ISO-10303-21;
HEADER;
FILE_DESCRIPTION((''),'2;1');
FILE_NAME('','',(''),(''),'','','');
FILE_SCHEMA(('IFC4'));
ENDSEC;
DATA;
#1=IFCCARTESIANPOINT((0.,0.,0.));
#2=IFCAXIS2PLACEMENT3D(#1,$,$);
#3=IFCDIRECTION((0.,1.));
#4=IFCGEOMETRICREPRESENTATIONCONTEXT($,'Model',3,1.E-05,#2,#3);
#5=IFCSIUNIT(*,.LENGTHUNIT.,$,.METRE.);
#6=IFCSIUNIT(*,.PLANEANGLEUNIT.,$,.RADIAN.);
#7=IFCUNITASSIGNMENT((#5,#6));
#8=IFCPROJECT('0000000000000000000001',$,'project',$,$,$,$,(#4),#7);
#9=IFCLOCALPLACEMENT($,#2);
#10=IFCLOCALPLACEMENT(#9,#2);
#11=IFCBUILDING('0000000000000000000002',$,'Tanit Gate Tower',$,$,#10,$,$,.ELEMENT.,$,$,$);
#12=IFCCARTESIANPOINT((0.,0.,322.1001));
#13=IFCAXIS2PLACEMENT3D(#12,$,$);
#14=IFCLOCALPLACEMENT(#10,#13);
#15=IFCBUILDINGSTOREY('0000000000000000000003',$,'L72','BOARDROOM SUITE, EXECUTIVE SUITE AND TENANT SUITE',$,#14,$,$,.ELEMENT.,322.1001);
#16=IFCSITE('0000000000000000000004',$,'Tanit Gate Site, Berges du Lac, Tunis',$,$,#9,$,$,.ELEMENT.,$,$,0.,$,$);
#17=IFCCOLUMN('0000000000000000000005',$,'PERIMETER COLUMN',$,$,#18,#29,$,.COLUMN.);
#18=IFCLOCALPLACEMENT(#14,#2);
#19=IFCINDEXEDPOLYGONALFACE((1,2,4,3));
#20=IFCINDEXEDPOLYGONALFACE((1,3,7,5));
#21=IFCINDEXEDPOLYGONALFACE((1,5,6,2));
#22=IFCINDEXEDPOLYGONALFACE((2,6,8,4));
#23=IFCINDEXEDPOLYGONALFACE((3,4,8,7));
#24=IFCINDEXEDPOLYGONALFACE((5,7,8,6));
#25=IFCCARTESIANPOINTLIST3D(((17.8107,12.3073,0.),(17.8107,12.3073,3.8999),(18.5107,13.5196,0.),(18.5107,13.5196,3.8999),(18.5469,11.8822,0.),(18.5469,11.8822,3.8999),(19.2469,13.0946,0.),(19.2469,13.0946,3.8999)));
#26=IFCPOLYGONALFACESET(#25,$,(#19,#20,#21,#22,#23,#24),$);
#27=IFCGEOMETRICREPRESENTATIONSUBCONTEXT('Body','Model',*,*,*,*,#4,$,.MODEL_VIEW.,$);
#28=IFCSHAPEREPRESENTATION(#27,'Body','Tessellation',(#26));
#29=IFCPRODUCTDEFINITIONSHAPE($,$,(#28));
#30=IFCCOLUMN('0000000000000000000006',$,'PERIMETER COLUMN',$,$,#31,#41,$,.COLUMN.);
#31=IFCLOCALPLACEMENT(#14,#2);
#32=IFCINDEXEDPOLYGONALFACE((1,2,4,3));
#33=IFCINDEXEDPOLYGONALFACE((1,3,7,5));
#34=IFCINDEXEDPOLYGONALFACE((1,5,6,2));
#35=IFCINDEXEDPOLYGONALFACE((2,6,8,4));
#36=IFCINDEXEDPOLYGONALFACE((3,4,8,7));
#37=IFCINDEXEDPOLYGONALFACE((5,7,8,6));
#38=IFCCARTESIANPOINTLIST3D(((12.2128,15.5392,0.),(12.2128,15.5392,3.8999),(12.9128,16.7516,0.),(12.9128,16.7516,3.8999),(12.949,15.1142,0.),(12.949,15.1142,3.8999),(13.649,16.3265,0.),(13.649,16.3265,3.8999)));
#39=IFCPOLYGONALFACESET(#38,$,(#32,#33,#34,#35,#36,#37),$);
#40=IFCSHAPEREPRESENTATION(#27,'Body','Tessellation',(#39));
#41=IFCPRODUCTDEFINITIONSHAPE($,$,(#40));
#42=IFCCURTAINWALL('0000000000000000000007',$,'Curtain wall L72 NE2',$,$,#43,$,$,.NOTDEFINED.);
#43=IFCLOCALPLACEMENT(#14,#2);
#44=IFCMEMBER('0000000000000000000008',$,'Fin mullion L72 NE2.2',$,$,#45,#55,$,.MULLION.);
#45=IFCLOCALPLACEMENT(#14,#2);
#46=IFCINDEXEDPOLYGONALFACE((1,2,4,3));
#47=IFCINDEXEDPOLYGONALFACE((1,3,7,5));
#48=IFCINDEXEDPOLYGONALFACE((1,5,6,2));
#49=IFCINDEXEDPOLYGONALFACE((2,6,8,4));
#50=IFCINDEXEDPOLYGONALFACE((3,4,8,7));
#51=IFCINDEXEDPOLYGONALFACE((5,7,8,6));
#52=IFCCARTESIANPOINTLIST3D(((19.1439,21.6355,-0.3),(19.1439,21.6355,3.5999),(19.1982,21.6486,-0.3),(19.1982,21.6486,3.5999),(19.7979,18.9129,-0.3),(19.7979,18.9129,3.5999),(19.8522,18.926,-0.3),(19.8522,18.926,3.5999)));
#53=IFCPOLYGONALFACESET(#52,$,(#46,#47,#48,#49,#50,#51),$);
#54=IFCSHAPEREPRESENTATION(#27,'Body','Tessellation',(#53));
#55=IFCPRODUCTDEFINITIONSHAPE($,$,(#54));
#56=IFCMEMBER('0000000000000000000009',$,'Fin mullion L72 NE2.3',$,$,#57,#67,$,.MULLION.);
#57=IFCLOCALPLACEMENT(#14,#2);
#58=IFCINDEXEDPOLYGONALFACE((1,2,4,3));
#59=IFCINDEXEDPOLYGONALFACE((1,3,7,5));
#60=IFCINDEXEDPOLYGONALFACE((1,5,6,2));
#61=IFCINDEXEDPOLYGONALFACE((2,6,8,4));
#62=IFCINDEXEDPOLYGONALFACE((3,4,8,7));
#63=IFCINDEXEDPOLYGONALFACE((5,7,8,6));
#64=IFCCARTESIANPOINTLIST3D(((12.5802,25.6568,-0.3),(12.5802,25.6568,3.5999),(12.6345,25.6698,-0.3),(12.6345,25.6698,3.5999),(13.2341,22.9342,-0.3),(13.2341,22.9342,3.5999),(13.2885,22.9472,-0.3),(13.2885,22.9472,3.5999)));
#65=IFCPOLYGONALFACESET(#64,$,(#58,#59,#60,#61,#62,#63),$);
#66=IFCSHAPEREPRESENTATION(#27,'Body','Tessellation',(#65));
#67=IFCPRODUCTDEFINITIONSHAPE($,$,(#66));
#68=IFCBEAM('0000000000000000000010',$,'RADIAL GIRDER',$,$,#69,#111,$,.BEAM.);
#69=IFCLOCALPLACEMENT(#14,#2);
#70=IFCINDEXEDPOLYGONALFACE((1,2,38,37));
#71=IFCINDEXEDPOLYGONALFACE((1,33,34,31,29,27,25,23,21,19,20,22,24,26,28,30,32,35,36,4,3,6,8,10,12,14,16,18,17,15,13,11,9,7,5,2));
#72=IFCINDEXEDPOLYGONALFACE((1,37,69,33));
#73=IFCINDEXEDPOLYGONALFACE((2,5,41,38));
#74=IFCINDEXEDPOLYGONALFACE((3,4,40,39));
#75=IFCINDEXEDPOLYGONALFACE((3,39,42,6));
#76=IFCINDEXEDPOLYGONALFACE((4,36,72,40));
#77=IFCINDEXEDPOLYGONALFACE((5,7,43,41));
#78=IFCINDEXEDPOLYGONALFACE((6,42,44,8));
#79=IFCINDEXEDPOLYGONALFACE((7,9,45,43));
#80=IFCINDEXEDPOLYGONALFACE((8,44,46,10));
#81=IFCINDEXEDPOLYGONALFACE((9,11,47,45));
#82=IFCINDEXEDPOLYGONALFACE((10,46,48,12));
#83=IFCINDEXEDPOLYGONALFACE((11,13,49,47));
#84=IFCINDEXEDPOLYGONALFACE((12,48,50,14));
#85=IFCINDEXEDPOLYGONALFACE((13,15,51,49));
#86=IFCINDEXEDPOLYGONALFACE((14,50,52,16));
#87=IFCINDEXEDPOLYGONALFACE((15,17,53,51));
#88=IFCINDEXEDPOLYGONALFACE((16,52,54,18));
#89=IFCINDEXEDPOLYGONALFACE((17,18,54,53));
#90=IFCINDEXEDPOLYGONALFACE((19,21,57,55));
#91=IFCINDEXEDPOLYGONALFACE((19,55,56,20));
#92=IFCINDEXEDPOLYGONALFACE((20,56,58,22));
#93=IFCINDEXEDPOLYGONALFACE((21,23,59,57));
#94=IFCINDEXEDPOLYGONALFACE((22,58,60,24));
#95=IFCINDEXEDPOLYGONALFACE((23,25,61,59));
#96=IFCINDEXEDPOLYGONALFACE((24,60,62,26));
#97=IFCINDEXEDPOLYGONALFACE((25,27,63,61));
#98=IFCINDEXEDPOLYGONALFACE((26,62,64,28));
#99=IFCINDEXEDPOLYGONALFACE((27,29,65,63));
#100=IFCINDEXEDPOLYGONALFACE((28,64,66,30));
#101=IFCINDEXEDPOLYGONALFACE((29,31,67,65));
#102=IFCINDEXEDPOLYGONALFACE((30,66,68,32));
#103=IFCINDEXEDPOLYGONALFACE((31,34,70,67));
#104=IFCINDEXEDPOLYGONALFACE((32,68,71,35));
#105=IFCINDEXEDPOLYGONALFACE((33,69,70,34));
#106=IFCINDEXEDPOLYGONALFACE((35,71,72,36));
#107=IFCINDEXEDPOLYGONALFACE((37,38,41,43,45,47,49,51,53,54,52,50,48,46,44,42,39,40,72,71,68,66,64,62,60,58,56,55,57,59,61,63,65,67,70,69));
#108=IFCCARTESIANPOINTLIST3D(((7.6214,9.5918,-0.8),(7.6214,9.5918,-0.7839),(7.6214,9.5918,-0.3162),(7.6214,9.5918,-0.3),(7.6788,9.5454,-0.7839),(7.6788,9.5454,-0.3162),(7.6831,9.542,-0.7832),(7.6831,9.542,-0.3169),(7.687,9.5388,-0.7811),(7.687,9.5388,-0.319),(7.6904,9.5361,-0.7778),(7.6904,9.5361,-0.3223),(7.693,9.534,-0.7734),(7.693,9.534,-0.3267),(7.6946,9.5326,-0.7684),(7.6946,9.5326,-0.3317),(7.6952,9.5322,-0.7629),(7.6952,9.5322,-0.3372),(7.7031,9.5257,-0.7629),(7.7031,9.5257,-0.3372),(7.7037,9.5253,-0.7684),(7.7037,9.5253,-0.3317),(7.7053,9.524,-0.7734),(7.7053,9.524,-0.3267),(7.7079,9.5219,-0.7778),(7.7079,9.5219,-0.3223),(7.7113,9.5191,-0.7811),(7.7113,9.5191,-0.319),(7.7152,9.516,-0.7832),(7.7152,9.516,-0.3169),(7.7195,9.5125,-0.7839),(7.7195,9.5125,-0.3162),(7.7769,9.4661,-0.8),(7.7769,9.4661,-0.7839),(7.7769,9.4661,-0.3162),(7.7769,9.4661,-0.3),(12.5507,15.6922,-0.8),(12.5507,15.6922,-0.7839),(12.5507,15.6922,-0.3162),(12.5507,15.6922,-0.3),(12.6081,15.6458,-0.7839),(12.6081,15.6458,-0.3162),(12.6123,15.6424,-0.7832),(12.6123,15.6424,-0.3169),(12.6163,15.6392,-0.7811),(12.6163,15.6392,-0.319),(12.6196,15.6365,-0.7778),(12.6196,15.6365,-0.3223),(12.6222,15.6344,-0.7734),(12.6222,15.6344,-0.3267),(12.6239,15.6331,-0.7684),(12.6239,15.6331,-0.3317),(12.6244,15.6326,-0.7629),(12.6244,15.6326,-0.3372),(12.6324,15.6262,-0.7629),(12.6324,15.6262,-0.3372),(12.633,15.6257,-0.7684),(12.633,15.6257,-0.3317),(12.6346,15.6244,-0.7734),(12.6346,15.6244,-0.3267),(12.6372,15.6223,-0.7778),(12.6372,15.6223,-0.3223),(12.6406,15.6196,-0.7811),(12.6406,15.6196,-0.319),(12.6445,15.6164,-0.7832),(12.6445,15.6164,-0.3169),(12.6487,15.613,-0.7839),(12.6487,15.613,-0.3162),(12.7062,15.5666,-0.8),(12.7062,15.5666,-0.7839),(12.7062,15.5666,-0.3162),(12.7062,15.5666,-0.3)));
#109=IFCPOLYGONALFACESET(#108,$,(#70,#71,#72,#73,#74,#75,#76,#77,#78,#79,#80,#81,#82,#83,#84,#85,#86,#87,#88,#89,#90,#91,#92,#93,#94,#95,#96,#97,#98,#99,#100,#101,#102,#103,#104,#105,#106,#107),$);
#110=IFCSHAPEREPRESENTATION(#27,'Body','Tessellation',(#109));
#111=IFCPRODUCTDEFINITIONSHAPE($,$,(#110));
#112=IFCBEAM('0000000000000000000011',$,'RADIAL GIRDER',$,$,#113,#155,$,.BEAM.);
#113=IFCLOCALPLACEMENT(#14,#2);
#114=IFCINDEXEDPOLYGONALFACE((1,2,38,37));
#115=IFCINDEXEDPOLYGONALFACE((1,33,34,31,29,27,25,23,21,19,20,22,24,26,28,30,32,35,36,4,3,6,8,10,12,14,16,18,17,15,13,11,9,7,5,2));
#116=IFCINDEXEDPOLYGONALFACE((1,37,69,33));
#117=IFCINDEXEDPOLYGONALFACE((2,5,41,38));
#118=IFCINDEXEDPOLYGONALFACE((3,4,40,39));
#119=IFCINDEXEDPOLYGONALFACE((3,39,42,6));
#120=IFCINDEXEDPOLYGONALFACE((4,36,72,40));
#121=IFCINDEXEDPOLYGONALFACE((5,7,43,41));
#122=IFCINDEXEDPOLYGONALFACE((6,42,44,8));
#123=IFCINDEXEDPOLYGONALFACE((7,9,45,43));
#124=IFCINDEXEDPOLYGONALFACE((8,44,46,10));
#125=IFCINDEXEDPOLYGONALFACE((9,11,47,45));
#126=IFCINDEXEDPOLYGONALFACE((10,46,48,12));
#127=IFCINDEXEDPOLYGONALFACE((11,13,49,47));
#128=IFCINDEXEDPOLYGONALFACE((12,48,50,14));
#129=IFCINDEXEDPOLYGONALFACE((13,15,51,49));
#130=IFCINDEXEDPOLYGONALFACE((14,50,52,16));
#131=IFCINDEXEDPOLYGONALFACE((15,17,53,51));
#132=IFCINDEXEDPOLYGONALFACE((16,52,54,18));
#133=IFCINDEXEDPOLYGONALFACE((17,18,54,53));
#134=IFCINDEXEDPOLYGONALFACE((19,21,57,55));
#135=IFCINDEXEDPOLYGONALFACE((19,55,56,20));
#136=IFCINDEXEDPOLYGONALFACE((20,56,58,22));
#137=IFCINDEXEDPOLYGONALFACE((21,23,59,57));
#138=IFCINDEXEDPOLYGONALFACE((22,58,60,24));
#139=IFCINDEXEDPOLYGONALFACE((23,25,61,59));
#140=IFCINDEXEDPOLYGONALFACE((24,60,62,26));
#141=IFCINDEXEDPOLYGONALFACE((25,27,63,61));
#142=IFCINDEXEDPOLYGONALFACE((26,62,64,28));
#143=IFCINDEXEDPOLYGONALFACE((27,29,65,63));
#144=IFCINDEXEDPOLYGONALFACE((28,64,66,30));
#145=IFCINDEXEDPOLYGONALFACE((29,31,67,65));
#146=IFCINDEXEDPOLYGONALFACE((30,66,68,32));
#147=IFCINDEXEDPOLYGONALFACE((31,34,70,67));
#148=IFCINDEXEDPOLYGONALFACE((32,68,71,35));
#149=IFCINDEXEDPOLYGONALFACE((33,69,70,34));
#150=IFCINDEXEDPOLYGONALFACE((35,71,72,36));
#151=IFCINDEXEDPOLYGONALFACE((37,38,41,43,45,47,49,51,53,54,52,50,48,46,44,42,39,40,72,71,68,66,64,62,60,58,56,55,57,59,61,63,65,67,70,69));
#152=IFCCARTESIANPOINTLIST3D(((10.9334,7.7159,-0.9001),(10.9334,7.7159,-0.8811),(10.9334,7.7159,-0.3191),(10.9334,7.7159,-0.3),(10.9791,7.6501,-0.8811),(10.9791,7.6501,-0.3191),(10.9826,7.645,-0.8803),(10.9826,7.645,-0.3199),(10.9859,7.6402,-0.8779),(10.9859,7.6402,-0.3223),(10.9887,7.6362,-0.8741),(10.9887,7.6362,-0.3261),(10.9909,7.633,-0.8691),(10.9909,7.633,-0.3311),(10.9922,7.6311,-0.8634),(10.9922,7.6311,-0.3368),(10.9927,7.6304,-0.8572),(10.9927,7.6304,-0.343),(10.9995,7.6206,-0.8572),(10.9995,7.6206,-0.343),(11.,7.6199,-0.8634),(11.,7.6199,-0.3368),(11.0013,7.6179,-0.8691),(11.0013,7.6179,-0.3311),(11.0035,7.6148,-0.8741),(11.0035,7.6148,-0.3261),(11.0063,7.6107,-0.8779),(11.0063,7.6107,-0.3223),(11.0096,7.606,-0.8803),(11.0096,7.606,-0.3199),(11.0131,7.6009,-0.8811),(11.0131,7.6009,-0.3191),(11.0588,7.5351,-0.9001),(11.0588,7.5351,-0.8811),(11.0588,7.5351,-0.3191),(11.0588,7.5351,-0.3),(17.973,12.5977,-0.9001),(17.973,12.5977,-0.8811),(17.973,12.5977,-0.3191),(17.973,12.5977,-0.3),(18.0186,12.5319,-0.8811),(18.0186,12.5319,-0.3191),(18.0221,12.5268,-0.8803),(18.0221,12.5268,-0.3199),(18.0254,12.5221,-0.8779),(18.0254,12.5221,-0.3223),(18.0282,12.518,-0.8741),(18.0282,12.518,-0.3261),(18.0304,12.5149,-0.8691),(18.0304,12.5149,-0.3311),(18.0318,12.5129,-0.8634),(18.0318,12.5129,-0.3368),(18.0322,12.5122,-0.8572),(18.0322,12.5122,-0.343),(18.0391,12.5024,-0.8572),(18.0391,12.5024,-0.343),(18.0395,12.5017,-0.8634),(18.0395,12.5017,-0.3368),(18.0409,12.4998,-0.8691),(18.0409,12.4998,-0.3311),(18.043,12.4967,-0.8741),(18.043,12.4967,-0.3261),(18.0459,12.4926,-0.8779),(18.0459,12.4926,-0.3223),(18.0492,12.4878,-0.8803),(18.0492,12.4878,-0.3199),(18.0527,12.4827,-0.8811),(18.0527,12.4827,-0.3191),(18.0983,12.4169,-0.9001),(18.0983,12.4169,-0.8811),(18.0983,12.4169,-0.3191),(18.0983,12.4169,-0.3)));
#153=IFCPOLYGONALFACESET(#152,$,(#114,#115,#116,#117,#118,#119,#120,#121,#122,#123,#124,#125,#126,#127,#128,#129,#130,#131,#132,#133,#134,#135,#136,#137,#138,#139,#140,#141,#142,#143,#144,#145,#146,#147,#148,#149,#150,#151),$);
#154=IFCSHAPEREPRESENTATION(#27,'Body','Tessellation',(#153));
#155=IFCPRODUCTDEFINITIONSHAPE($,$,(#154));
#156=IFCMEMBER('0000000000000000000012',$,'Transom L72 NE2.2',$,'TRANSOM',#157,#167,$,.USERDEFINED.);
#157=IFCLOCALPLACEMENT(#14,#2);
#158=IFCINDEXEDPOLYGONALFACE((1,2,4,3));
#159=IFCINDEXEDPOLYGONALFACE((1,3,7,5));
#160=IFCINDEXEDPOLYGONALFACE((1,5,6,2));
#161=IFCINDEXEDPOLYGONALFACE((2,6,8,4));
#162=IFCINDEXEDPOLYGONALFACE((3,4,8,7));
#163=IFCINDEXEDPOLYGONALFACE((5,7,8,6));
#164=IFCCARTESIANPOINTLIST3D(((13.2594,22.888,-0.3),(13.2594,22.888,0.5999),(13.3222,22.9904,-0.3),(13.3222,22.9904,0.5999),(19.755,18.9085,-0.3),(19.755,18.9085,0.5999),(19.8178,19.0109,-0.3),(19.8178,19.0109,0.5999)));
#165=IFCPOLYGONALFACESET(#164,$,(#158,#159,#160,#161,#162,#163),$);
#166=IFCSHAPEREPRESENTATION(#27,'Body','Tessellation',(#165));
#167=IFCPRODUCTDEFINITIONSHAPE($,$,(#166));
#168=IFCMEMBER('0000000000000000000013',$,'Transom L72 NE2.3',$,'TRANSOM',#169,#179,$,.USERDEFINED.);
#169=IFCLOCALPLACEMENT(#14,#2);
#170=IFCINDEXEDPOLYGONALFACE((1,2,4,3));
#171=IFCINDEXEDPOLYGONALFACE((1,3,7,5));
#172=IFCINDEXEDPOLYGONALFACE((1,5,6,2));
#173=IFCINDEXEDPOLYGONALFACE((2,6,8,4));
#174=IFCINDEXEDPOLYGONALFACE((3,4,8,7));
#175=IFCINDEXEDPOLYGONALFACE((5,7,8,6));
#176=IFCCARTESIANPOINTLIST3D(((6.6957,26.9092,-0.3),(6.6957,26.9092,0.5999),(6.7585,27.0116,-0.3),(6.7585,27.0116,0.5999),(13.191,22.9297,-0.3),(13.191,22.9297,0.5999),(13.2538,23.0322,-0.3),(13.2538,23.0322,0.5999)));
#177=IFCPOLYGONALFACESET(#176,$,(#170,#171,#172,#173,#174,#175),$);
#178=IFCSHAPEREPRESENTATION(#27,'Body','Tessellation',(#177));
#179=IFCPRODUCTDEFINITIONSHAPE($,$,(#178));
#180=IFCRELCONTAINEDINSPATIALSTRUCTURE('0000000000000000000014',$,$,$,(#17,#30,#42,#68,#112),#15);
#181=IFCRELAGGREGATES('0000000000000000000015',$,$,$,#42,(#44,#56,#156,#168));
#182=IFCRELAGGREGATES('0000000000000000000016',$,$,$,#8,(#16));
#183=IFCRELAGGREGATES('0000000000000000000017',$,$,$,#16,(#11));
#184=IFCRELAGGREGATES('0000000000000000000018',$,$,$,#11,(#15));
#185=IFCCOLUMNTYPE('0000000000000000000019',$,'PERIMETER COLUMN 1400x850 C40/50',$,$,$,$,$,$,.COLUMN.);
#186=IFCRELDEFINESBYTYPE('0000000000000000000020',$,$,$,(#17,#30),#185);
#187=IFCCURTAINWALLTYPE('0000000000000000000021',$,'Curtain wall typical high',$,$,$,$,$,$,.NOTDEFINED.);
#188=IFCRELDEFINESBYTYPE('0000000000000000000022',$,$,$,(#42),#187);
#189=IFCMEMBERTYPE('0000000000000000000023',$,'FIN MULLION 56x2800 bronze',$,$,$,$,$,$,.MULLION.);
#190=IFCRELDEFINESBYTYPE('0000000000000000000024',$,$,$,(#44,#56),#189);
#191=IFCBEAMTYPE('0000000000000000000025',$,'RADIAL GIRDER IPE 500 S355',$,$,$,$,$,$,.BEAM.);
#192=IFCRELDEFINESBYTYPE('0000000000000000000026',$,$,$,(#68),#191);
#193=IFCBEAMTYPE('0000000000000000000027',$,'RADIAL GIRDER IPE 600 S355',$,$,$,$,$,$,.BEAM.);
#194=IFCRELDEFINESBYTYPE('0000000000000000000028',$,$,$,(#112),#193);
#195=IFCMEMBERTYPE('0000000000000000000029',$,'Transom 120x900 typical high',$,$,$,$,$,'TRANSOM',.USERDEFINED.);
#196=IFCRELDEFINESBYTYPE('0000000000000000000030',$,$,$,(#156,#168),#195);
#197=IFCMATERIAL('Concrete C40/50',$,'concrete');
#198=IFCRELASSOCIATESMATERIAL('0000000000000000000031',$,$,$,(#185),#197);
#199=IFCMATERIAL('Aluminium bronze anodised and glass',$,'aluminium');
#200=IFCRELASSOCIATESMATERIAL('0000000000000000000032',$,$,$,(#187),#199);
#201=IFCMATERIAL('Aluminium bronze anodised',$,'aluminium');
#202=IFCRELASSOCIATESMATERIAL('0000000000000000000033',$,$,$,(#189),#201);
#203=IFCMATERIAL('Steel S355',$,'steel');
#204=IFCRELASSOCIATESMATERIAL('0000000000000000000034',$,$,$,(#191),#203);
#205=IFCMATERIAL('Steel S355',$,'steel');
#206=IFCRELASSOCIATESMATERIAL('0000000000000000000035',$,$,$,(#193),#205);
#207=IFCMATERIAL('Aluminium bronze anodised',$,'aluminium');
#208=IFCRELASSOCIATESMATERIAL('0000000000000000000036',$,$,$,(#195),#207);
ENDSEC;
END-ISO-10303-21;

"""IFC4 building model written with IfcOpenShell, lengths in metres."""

from ifc_helpers import new_model, si_unit, direction, frame, origin, origin_2d, place, context, subcontext, project, spatial, rectangle, i_section, extrude, material, material_profile, profile_set, type_object, element, aggregate, save


model = new_model("IFC4")

# Units and contexts
model_context = context("Model", 3, precision=1e-05, world=origin(), true_north=direction((0.0, 1.0)))
body_context = subcontext(model_context, "Body", "Model", "MODEL_VIEW")
ifc_project = project(units=[si_unit("LENGTHUNIT", "METRE"), si_unit("PLANEANGLEUNIT", "RADIAN")], contexts=[model_context])

# Site, building, storey
site_placement = place(None, origin())
site = spatial("IfcSite", under=ifc_project, at=site_placement, Name="Tanit Gate Site, Berges du Lac, Tunis", CompositionType="ELEMENT", RefElevation=0.0)
building_placement = place(site_placement, origin())
building = spatial("IfcBuilding", under=site, at=building_placement, Name="Tanit Gate Tower", CompositionType="ELEMENT")
storey_placement = place(building_placement, frame((0.0, 0.0, 322.1001)))
storey = spatial("IfcBuildingStorey", under=building, at=storey_placement, Name="L72", Description="BOARDROOM SUITE, EXECUTIVE SUITE AND TENANT SUITE", CompositionType="ELEMENT", Elevation=322.1001)

# Columns
ifc_material_1 = material(Name="Concrete C40/50", Category="concrete")
ifc_material_profile_1 = material_profile(ifc_material_1, rectangle(XDim=1.3999, YDim=0.8501, at=origin_2d()), Name="RC 1400x850")
ifc_profile_set_1 = profile_set([ifc_material_profile_1], Name="Concrete C40/50")
column_type = type_object("IfcColumnType", Name="PERIMETER COLUMN 1400x850 C40/50", PredefinedType="COLUMN", material=ifc_profile_set_1)
for number, where, z_axis, x_axis, name in (
    (1, (18.5288, 12.7009, 0.0), (0.0, 0.0, 1.0), (0.5, 0.866025, 0.0), "PERIMETER COLUMN"),
    (2, (12.9309, 15.9329, 0.0), (0.0, 0.0, 1.0), (0.5, 0.866025, 0.0), "PERIMETER COLUMN"),
):
    element("IfcColumn", number, at=place(storey_placement, frame(where, z_axis=z_axis, x_axis=x_axis)), inside=storey, type_object=column_type, Name=name, PredefinedType="COLUMN", context=body_context, shape_type="SweptSolid", body=[
        extrude(rectangle(XDim=1.3999, YDim=0.8501, at=origin_2d()), origin(), (0.0, 0.0, 1.0), 3.8999),
    ])

# Curtain wall, members
ifc_material_2 = material(Name="Aluminium bronze anodised and glass", Category="aluminium")
curtain_wall_type = type_object("IfcCurtainWallType", Name="Curtain wall typical high", PredefinedType="NOTDEFINED", material=ifc_material_2)
curtain_wall_placement = place(storey_placement, origin())
curtain_wall = element("IfcCurtainWall", 3, at=curtain_wall_placement, inside=storey, type_object=curtain_wall_type, Name="Curtain wall L72 NE2", PredefinedType="NOTDEFINED")
ifc_material_3 = material(Name="Aluminium bronze anodised", Category="aluminium")
ifc_material_profile_2 = material_profile(ifc_material_3, rectangle(XDim=2.8, YDim=0.0559, at=origin_2d()), Name="56x2800 bronze fin mullion")
ifc_profile_set_2 = profile_set([ifc_material_profile_2], Name="Aluminium bronze anodised")
member_type_1 = type_object("IfcMemberType", Name="FIN MULLION 56x2800 bronze", PredefinedType="MULLION", material=ifc_profile_set_2)
member_1_placement = place(storey_placement, frame((19.498, 20.2808, -0.3), z_axis=(0.0, 0.0, 1.0), x_axis=(0.233557, -0.972343, 0.0)))
member_1 = element("IfcMember", 4, at=member_1_placement, type_object=member_type_1, Name="Fin mullion L72 NE2.2", PredefinedType="MULLION", context=body_context, shape_type="SweptSolid", body=[
    extrude(rectangle(XDim=2.8, YDim=0.0559, at=origin_2d()), origin(), (0.0, 0.0, 1.0), 3.8999),
])
member_2_placement = place(storey_placement, frame((12.9343, 24.302, -0.3), z_axis=(0.0, 0.0, 1.0), x_axis=(0.233557, -0.972343, 0.0)))
member_2 = element("IfcMember", 5, at=member_2_placement, type_object=member_type_1, Name="Fin mullion L72 NE2.3", PredefinedType="MULLION", context=body_context, shape_type="SweptSolid", body=[
    extrude(rectangle(XDim=2.8, YDim=0.0559, at=origin_2d()), origin(), (0.0, 0.0, 1.0), 3.8999),
])

# Beams
ifc_material_4 = material(Name="Steel S355", Category="steel")
ifc_material_profile_3 = material_profile(ifc_material_4, i_section(OverallWidth=0.2, OverallDepth=0.5, WebThickness=0.0103, FlangeThickness=0.0161, FilletRadius=0.021, at=origin_2d()), Name="IPE 500")
ifc_profile_set_3 = profile_set([ifc_material_profile_3], Name="Steel S355")
beam_type_1 = type_object("IfcBeamType", Name="RADIAL GIRDER IPE 500 S355", PredefinedType="BEAM", material=ifc_profile_set_3)
beam_1_placement = place(storey_placement, frame((12.6284, 15.6294, -0.55), z_axis=(-0.628491, -0.777817, 0.0), x_axis=(0.777817, -0.628491, 0.0)))
element("IfcBeam", 6, at=beam_1_placement, inside=storey, type_object=beam_type_1, Name="RADIAL GIRDER", PredefinedType="BEAM", context=body_context, shape_type="SweptSolid", body=[
    extrude(i_section(OverallWidth=0.2, OverallDepth=0.5, WebThickness=0.0103, FlangeThickness=0.0161, FilletRadius=0.021, at=origin_2d()), origin(), (0.0, 0.0, 1.0), 7.843),
])
ifc_material_5 = material(Name="Steel S355", Category="steel")
ifc_material_profile_4 = material_profile(ifc_material_5, i_section(OverallWidth=0.22, OverallDepth=0.6001, WebThickness=0.012, FlangeThickness=0.019, FilletRadius=0.0239, at=origin_2d()), Name="IPE 600")
ifc_profile_set_4 = profile_set([ifc_material_profile_4], Name="Steel S355")
beam_type_2 = type_object("IfcBeamType", Name="RADIAL GIRDER IPE 600 S355", PredefinedType="BEAM", material=ifc_profile_set_4)
beam_2_placement = place(storey_placement, frame((18.0356, 12.5073, -0.6001), z_axis=(-0.821738, -0.569865, 0.0), x_axis=(0.569865, -0.821738, 0.0)))
element("IfcBeam", 7, at=beam_2_placement, inside=storey, type_object=beam_type_2, Name="RADIAL GIRDER", PredefinedType="BEAM", context=body_context, shape_type="SweptSolid", body=[
    extrude(i_section(OverallWidth=0.22, OverallDepth=0.6001, WebThickness=0.012, FlangeThickness=0.019, FilletRadius=0.0239, at=origin_2d()), origin(), (0.0, 0.0, 1.0), 8.5667),
])

# Members
ifc_material_6 = material(Name="Aluminium bronze anodised", Category="aluminium")
ifc_material_profile_5 = material_profile(ifc_material_6, rectangle(XDim=0.1201, YDim=0.8999, at=origin_2d()), Name="120x900 bronze transom")
ifc_profile_set_5 = profile_set([ifc_material_profile_5], Name="Aluminium bronze anodised")
member_type_2 = type_object("IfcMemberType", Name="Transom 120x900 typical high", ElementType="TRANSOM", PredefinedType="USERDEFINED", material=ifc_profile_set_5)
member_3_placement = place(storey_placement, frame((19.7864, 18.9597, 0.1499), z_axis=(-0.8527, 0.522401, 0.0), x_axis=(-0.522401, -0.8527, 0.0)))
member_3 = element("IfcMember", 8, at=member_3_placement, type_object=member_type_2, Name="Transom L72 NE2.2", ObjectType="TRANSOM", PredefinedType="USERDEFINED", context=body_context, shape_type="SweptSolid", body=[
    extrude(rectangle(XDim=0.1201, YDim=0.8999, at=origin_2d()), origin(), (0.0, 0.0, 1.0), 7.6177),
])
member_4_placement = place(storey_placement, frame((13.2224, 22.981, 0.1499), z_axis=(-0.852691, 0.522415, 0.0), x_axis=(-0.522415, -0.852691, 0.0)))
member_4 = element("IfcMember", 9, at=member_4_placement, type_object=member_type_2, Name="Transom L72 NE2.3", ObjectType="TRANSOM", PredefinedType="USERDEFINED", context=body_context, shape_type="SweptSolid", body=[
    extrude(rectangle(XDim=0.1201, YDim=0.8999, at=origin_2d()), origin(), (0.0, 0.0, 1.0), 7.6174),
])

aggregate(curtain_wall, [member_1, member_2, member_3, member_4])

save(model, "model.ifc")
